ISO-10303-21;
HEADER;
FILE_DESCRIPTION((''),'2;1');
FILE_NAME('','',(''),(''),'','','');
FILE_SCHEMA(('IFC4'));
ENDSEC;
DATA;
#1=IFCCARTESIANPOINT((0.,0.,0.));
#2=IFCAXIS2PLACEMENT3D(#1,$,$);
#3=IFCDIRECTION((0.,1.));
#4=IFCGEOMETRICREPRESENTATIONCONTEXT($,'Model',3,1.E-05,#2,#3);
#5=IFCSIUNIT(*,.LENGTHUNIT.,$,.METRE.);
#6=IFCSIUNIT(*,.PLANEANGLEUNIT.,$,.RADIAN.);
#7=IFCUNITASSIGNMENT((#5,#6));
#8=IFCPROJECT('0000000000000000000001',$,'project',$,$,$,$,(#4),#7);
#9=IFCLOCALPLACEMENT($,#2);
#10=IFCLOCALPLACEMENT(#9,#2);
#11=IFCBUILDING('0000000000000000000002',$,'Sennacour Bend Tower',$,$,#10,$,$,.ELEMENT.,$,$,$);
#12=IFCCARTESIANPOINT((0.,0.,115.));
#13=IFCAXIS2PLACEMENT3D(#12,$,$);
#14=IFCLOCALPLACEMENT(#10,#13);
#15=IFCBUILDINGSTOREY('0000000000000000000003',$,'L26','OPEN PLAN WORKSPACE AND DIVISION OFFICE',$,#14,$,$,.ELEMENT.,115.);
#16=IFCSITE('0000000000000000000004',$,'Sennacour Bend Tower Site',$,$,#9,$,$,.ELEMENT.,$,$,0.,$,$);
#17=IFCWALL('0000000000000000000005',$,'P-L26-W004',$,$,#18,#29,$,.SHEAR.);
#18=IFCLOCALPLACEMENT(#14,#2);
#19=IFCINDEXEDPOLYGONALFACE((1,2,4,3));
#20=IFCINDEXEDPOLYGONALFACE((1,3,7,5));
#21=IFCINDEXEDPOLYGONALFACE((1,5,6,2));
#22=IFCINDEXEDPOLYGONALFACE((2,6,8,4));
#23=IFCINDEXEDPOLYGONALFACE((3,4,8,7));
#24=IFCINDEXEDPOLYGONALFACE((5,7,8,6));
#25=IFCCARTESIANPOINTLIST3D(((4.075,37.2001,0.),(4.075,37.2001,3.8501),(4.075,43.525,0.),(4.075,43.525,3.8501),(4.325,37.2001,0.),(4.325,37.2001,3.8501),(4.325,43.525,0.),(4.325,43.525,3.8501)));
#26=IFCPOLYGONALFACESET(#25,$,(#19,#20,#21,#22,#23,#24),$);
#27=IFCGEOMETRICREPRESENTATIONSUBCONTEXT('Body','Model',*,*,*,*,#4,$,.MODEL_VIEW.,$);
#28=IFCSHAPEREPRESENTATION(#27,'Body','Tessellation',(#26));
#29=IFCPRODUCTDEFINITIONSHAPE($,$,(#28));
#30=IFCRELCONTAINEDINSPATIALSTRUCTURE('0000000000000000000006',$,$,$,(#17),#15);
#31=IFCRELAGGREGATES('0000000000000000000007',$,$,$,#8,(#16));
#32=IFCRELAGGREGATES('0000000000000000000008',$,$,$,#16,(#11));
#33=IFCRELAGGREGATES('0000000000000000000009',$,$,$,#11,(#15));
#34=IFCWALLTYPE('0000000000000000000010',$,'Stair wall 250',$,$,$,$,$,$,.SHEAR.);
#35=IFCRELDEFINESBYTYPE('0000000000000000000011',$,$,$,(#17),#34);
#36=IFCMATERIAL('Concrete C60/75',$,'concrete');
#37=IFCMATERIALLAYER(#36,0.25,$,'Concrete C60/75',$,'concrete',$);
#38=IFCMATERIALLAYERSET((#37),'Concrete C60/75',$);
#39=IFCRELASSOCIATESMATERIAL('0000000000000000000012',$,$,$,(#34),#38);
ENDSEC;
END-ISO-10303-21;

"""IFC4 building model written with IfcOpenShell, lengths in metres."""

from ifc_helpers import new_model, si_unit, direction, frame, frame_2d, origin, place, context, subcontext, project, spatial, rectangle, extrude, material, layer, layer_set, type_object, element, save


model = new_model("IFC4")

# Units and contexts
model_context = context("Model", 3, precision=1e-05, world=origin(), true_north=direction((0.0, 1.0)))
body_context = subcontext(model_context, "Body", "Model", "MODEL_VIEW")
ifc_project = project(units=[si_unit("LENGTHUNIT", "METRE"), si_unit("PLANEANGLEUNIT", "RADIAN")], contexts=[model_context])

# Site, building, storey
site_placement = place(None, origin())
site = spatial("IfcSite", under=ifc_project, at=site_placement, Name="Sennacour Bend Tower Site", CompositionType="ELEMENT", RefElevation=0.0)
building_placement = place(site_placement, origin())
building = spatial("IfcBuilding", under=site, at=building_placement, Name="Sennacour Bend Tower", CompositionType="ELEMENT")
storey_placement = place(building_placement, frame((0.0, 0.0, 115.0)))
storey = spatial("IfcBuildingStorey", under=building, at=storey_placement, Name="L26", Description="OPEN PLAN WORKSPACE AND DIVISION OFFICE", CompositionType="ELEMENT", Elevation=115.0)

# Wall
ifc_material_1 = material(Name="Concrete C60/75", Category="concrete")
ifc_layer_1 = layer(ifc_material_1, 0.25, Name="Concrete C60/75", Category="concrete")
ifc_layer_set_1 = layer_set([ifc_layer_1], Name="Concrete C60/75")
wall_type_1 = type_object("IfcWallType", Name="Stair wall 250", PredefinedType="SHEAR", material=ifc_layer_set_1)
wall_1_placement = place(storey_placement, frame((4.2, 37.2, 0.0), z_axis=(0.0, 0.0, 1.0), x_axis=(0.0, 1.0, 0.0)))
element("IfcWall", 1, at=wall_1_placement, inside=storey, type_object=wall_type_1, Name="P-L26-W004", PredefinedType="SHEAR", context=body_context, shape_type="SweptSolid", body=[
    extrude(rectangle(XDim=6.325, YDim=0.25, at=frame_2d((3.1626, 0.0))), origin(), (0.0, 0.0, 1.0), 3.8501),
])

save(model, "model.ifc")
